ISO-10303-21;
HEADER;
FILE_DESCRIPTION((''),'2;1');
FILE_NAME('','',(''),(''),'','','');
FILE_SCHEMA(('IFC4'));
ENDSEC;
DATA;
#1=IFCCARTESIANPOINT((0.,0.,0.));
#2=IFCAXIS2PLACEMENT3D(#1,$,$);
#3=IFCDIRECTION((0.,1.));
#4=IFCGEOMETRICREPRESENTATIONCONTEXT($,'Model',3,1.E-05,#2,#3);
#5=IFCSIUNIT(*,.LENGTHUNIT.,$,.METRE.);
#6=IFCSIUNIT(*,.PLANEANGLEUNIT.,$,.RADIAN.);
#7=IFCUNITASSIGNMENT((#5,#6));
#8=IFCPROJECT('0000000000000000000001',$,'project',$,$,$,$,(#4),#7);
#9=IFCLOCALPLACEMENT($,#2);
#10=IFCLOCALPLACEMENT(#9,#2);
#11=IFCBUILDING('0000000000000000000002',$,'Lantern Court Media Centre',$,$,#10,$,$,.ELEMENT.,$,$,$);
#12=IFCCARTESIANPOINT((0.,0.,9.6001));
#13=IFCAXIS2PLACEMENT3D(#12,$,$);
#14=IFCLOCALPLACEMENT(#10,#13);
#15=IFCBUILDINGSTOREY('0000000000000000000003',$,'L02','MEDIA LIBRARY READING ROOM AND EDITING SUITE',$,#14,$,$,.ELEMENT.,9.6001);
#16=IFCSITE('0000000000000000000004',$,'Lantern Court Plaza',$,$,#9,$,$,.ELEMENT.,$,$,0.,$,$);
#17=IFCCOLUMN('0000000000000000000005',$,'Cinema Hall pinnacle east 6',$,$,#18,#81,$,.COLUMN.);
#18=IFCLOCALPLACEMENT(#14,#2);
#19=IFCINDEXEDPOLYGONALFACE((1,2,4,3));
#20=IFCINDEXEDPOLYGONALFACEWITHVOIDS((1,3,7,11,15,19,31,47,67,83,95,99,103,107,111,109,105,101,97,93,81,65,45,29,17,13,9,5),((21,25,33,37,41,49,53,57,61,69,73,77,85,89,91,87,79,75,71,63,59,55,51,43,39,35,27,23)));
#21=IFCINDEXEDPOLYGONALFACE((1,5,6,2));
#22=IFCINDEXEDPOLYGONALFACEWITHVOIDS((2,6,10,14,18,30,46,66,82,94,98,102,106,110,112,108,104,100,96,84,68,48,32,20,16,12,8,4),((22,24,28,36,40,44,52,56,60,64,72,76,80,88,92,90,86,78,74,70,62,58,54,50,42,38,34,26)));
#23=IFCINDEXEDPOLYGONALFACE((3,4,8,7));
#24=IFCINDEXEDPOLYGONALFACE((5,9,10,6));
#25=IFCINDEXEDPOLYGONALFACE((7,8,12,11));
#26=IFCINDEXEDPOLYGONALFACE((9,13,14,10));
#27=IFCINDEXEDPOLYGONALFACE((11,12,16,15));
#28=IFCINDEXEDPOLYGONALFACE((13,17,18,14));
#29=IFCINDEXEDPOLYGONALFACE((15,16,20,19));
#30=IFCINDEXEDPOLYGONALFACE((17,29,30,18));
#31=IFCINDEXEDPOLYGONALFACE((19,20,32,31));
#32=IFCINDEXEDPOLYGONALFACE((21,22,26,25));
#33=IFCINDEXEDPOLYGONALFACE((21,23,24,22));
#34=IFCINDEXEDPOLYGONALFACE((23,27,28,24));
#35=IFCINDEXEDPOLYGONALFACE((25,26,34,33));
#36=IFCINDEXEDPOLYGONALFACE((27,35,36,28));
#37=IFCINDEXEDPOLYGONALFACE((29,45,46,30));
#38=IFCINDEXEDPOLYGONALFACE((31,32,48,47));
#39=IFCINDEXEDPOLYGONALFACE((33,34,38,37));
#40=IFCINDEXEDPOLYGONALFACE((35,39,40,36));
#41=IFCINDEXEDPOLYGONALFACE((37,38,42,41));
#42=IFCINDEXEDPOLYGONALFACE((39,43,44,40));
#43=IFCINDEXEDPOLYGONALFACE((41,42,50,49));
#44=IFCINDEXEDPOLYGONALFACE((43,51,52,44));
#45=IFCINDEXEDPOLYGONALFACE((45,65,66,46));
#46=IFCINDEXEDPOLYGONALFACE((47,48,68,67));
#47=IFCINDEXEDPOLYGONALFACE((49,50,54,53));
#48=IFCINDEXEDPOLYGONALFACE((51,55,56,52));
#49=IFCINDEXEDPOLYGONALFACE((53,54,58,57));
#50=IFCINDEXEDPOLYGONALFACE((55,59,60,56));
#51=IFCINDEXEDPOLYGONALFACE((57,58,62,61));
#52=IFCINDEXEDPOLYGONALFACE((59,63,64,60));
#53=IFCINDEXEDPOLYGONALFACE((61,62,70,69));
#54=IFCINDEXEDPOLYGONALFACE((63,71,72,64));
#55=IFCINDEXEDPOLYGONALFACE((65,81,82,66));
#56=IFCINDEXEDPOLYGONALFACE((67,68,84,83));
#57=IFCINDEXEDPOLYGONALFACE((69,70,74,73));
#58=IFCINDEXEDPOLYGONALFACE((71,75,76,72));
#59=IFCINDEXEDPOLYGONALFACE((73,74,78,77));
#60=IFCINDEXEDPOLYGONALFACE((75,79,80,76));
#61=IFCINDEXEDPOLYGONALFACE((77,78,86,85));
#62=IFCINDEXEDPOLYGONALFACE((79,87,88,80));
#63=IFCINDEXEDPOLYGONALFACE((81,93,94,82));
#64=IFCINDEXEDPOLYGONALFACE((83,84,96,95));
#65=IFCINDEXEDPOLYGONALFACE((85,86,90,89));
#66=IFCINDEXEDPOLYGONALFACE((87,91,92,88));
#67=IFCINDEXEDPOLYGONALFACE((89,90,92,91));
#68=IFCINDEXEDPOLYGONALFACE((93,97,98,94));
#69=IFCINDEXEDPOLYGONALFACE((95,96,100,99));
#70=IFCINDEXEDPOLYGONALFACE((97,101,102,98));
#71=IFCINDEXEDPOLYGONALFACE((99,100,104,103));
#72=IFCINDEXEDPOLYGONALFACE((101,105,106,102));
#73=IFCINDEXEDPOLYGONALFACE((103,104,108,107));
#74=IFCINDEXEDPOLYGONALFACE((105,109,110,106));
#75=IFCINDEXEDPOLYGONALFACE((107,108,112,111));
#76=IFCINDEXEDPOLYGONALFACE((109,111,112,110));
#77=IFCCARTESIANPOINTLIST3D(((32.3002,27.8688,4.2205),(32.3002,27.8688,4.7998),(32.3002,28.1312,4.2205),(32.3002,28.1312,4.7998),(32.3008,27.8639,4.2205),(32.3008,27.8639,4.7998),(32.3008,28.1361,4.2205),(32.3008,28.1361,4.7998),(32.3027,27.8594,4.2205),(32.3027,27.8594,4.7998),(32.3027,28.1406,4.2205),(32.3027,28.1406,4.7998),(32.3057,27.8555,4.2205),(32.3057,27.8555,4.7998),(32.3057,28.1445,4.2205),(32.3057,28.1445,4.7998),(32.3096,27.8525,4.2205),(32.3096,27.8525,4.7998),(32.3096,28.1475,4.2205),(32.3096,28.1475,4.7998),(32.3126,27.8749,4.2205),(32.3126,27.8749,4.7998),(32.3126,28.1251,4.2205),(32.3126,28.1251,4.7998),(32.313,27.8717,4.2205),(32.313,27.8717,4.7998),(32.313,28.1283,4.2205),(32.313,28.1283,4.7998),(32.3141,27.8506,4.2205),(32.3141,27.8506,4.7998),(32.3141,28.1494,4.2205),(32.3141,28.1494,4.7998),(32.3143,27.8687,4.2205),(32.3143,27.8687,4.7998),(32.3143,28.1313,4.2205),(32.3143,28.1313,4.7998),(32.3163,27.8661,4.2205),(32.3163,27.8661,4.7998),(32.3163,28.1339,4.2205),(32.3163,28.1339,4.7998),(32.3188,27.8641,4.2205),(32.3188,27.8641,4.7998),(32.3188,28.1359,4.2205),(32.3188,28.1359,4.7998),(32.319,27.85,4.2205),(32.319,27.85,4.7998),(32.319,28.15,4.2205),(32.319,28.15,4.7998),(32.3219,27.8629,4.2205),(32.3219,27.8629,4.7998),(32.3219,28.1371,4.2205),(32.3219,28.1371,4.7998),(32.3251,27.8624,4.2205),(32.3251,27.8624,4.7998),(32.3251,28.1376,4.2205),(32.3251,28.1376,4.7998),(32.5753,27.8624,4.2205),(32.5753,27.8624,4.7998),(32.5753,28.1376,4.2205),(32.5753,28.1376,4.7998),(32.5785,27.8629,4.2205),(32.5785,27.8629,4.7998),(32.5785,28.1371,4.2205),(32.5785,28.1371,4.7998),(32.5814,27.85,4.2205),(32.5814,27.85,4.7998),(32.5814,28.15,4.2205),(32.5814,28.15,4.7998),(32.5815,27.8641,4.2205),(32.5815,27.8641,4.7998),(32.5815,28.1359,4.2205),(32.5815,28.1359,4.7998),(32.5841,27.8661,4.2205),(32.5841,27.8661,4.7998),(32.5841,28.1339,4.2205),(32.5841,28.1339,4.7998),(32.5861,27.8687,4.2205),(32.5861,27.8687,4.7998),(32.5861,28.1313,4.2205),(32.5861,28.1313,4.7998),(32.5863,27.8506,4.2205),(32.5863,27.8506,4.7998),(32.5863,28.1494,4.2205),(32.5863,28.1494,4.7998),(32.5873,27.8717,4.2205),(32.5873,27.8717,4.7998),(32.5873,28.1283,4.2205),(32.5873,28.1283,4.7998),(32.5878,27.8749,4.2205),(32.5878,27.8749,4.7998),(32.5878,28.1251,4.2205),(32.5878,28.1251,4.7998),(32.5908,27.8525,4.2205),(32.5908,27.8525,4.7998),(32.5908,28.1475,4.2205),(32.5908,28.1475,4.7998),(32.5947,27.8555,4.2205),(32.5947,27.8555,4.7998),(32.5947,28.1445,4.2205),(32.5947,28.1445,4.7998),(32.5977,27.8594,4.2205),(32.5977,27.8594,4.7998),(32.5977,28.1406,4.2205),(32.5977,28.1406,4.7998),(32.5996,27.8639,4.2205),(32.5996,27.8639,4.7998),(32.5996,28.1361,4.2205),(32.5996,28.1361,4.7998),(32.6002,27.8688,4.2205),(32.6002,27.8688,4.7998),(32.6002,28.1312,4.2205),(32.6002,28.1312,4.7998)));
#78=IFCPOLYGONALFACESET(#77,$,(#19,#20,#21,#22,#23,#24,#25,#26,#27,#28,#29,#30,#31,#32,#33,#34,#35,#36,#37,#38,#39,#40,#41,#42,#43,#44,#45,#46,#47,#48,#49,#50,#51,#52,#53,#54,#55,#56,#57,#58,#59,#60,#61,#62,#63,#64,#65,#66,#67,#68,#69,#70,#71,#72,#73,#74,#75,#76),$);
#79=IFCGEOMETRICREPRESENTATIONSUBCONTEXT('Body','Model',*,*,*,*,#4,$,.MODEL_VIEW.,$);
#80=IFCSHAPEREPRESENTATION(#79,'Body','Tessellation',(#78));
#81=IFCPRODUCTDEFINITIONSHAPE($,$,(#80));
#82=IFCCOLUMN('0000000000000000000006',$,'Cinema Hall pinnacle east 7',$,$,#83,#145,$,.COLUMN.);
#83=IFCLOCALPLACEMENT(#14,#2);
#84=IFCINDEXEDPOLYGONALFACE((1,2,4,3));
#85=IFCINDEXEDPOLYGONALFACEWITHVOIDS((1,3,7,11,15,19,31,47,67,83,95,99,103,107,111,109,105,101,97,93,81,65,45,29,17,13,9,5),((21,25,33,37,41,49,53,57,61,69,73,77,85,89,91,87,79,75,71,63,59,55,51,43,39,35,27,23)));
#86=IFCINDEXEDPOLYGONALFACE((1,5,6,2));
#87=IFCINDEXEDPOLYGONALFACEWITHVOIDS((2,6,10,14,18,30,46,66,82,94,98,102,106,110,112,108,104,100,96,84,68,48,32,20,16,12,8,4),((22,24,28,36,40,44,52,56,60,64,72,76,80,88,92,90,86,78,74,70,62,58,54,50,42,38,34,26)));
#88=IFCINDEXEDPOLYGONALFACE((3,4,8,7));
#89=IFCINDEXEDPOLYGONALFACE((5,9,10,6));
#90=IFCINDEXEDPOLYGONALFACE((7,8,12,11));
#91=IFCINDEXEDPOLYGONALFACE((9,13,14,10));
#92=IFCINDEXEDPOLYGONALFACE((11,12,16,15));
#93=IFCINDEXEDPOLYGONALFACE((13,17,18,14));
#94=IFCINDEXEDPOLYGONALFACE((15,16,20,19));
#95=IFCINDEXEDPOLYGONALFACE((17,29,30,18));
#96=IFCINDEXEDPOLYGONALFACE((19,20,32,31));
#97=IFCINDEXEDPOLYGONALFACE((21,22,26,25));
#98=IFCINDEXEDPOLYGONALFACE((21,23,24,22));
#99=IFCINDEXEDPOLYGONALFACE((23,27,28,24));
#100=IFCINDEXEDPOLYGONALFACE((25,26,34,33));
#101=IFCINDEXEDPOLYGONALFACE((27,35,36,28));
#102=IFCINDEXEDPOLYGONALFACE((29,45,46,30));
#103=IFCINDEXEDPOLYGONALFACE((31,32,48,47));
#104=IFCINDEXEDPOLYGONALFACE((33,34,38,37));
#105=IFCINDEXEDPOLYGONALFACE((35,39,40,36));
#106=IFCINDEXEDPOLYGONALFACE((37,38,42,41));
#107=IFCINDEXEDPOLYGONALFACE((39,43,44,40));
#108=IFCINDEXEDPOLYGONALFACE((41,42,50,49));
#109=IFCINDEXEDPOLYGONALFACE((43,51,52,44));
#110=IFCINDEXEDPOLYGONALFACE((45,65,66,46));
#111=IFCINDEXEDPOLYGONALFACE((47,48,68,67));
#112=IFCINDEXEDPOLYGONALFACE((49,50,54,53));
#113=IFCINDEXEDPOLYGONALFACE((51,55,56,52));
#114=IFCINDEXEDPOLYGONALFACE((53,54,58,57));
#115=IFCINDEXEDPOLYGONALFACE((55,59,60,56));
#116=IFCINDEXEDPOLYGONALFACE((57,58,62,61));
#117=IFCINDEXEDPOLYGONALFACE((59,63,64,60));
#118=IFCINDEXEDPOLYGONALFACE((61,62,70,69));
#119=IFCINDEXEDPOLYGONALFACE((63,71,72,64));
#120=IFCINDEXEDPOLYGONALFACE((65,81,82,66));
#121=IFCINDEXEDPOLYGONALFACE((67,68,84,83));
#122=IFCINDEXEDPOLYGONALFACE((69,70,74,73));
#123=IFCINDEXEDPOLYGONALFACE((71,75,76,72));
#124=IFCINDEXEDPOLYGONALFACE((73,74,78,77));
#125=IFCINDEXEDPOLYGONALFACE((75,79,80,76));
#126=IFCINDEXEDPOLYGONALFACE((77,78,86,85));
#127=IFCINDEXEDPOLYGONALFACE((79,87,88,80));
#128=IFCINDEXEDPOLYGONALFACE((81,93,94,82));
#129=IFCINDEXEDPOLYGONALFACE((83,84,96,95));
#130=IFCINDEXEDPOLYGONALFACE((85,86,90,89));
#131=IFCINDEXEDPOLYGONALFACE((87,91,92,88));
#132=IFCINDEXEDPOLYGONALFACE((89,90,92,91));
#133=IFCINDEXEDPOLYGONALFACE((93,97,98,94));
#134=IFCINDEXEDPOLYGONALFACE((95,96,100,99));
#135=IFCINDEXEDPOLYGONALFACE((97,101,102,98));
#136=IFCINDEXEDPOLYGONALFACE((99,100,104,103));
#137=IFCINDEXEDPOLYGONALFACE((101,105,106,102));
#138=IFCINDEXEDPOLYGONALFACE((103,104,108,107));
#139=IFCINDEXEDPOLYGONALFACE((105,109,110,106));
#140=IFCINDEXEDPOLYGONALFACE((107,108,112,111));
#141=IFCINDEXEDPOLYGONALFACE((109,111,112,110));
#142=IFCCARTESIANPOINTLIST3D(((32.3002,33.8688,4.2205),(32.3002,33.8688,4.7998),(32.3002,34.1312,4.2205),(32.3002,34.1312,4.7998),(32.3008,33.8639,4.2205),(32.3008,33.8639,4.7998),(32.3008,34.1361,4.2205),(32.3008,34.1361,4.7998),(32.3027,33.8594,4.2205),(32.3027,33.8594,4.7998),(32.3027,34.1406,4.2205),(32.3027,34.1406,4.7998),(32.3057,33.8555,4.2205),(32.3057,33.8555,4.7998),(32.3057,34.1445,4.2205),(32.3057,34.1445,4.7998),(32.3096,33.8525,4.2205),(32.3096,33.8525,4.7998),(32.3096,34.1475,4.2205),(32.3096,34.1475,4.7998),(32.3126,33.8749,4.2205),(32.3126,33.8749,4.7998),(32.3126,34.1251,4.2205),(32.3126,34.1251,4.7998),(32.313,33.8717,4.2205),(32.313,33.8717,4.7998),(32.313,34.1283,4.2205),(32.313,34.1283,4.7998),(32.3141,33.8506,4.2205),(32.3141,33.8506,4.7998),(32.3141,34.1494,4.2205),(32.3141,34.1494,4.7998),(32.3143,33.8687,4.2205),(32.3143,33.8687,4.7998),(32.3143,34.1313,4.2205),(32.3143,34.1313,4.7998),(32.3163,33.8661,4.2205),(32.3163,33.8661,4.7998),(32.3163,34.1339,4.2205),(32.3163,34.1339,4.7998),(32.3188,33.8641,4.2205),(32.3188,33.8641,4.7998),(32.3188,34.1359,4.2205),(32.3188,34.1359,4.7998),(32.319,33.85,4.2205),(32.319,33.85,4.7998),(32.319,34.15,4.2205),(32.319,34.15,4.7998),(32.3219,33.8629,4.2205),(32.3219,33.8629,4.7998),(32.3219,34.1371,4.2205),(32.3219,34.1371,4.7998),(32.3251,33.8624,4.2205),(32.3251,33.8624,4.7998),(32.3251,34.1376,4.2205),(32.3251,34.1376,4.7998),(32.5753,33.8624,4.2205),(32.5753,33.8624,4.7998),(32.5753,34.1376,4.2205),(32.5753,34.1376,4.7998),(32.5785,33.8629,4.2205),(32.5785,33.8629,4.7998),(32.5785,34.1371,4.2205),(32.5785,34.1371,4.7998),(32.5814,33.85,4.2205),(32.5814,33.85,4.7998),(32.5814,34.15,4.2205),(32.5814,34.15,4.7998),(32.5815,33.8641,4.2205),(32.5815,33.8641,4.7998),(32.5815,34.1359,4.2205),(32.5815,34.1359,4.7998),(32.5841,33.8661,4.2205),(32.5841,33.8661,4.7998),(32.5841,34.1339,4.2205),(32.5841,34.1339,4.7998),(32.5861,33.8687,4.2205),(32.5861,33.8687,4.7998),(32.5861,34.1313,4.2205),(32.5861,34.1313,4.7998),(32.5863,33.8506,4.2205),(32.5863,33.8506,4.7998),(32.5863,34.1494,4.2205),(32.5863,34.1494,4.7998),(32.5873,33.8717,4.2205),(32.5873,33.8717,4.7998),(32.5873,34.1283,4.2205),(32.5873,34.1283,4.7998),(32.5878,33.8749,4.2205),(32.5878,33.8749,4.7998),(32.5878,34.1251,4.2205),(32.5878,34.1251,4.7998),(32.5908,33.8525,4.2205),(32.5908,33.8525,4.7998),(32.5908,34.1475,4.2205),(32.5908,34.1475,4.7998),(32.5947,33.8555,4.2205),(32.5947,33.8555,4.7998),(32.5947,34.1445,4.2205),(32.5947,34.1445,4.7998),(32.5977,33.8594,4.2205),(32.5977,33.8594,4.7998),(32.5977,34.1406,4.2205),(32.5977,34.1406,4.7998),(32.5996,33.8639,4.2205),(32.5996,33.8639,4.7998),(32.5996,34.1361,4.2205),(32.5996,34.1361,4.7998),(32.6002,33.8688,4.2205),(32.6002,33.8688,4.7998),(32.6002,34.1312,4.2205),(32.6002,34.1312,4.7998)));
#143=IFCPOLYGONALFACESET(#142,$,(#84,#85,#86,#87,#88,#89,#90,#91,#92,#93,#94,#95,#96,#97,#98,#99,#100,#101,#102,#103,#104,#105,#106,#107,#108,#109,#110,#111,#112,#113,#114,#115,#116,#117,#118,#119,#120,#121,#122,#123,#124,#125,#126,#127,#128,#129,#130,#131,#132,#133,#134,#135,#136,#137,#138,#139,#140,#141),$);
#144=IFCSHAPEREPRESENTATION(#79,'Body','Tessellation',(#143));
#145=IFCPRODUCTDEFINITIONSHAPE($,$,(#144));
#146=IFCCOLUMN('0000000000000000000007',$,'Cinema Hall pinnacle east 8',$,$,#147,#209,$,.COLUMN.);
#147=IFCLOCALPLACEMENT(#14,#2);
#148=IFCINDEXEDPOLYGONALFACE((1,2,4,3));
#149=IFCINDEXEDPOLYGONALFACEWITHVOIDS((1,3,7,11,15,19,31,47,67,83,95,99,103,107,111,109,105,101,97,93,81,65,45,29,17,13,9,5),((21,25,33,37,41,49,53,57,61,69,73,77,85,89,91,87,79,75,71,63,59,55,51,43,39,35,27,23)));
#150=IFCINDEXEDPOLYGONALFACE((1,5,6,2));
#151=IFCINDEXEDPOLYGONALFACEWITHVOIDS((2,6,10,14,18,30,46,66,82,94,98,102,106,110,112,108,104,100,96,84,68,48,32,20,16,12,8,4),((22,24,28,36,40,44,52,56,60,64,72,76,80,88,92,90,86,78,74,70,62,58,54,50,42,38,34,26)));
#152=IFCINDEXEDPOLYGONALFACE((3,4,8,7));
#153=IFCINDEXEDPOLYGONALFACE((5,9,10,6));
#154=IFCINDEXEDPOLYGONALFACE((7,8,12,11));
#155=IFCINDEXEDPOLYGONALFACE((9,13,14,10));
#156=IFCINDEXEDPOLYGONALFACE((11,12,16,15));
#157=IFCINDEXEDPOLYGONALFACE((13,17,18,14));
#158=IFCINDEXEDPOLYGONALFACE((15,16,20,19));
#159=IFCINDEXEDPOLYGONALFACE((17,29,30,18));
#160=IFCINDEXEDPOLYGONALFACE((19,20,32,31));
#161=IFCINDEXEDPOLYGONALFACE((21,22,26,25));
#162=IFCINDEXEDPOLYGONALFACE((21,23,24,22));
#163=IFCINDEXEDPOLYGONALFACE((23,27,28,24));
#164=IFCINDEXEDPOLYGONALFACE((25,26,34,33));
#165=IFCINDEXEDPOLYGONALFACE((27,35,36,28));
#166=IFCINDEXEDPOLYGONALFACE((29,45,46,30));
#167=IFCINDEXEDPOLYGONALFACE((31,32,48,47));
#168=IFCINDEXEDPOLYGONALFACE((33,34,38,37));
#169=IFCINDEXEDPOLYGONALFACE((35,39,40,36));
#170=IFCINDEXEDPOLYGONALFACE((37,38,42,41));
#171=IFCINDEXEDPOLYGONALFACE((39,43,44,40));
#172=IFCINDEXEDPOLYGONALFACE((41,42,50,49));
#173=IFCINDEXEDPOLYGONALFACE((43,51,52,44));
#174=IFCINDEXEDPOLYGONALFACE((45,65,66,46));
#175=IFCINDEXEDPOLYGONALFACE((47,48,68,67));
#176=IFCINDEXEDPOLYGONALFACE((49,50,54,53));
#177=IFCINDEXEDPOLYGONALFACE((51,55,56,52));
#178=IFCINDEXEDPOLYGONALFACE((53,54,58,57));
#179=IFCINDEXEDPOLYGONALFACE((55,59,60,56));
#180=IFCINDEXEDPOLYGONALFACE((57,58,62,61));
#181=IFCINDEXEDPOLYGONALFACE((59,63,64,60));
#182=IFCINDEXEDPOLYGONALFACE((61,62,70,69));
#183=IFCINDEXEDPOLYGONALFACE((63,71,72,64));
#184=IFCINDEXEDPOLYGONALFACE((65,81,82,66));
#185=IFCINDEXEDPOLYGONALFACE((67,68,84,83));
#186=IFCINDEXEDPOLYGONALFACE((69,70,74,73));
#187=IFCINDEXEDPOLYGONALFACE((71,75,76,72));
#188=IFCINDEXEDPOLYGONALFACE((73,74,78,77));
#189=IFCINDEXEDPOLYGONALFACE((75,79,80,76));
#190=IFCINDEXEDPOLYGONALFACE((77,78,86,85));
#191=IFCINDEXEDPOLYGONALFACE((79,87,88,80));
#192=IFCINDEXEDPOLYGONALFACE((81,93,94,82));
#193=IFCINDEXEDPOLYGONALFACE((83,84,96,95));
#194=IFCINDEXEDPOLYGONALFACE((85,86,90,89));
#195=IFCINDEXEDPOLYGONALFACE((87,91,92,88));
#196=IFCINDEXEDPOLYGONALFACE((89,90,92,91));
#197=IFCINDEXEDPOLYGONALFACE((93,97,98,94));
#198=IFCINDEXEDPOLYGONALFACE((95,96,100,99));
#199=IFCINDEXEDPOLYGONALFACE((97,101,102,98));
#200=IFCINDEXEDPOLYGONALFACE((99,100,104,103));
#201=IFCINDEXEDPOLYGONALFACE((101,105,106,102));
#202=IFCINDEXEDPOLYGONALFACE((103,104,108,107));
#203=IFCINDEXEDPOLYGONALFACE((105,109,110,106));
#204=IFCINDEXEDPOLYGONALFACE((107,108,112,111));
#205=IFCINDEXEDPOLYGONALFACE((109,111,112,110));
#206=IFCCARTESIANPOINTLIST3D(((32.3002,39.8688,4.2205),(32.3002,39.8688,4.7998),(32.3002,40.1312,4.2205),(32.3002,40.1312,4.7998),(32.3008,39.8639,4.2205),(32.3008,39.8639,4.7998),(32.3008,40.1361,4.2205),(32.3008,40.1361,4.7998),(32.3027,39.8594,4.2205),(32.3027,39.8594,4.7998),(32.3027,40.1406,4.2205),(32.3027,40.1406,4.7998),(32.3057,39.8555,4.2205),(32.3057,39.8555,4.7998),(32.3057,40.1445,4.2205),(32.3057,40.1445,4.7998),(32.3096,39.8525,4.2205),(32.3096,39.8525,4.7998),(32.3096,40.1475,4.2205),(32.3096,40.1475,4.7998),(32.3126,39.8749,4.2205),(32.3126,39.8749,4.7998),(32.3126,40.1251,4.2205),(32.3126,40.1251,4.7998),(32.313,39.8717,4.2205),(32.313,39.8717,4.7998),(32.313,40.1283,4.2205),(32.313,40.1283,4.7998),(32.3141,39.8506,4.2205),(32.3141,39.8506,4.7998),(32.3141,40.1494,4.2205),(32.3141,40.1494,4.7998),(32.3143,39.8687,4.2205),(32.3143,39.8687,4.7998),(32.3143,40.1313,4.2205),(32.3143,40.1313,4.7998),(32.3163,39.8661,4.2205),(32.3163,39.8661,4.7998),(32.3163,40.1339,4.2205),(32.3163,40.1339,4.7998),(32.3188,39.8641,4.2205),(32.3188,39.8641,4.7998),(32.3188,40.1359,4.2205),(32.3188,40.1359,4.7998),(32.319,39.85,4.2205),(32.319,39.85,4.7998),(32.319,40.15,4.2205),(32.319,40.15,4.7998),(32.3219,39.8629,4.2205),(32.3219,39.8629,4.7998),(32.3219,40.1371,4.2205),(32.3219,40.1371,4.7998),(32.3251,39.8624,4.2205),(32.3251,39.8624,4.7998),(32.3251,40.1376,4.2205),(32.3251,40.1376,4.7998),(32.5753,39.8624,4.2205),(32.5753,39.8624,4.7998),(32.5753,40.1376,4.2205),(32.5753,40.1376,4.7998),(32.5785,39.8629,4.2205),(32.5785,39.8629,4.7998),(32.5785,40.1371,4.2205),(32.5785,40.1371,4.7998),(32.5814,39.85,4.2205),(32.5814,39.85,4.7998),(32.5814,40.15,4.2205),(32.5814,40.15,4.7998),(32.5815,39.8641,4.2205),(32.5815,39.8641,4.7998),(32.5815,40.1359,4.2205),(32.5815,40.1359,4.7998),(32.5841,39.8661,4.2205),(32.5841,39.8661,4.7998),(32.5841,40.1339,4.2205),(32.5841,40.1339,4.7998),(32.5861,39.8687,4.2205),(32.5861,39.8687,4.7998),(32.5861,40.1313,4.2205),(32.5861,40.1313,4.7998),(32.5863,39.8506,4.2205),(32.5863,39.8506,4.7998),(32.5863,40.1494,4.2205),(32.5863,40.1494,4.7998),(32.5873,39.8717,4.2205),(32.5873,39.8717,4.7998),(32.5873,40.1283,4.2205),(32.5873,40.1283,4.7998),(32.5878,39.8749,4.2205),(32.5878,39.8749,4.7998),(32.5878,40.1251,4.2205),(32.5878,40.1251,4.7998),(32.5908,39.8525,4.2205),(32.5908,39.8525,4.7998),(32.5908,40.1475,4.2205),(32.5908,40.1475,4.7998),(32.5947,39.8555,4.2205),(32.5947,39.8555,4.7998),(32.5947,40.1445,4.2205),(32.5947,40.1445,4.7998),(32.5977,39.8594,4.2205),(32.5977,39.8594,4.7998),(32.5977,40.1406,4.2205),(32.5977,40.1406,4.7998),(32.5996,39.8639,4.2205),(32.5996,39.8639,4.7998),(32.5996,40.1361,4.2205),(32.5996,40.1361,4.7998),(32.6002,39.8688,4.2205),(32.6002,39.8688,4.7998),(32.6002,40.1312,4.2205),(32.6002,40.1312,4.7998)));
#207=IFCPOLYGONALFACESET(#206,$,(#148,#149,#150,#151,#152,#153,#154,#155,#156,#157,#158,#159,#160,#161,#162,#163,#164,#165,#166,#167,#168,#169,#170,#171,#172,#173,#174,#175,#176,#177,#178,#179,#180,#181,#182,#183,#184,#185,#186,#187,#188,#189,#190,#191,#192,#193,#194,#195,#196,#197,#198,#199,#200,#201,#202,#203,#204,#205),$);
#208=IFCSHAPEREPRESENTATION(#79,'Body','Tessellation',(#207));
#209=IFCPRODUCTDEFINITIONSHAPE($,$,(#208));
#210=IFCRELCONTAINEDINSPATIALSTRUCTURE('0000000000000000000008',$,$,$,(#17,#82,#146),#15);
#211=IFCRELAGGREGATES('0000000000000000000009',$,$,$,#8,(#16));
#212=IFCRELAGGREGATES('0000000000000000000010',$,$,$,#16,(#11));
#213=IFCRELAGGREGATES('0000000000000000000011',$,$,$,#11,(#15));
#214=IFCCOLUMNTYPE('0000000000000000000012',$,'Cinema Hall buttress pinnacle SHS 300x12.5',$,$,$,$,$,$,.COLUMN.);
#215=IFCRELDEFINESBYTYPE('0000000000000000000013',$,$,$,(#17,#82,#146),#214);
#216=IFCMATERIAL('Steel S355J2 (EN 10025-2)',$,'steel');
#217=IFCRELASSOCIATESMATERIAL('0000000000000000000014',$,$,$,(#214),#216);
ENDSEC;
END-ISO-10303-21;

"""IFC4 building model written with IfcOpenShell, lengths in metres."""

from ifc_helpers import new_model, si_unit, direction, frame, origin, origin_2d, place, context, subcontext, project, spatial, hollow_rectangle, extrude, material, material_profile, profile_set, type_object, element, save


model = new_model("IFC4")

# Units and contexts
model_context = context("Model", 3, precision=1e-05, world=origin(), true_north=direction((0.0, 1.0)))
body_context = subcontext(model_context, "Body", "Model", "MODEL_VIEW")
ifc_project = project(units=[si_unit("LENGTHUNIT", "METRE"), si_unit("PLANEANGLEUNIT", "RADIAN")], contexts=[model_context])

# Site, building, storey
site_placement = place(None, origin())
site = spatial("IfcSite", under=ifc_project, at=site_placement, Name="Lantern Court Plaza", CompositionType="ELEMENT", RefElevation=0.0)
building_placement = place(site_placement, origin())
building = spatial("IfcBuilding", under=site, at=building_placement, Name="Lantern Court Media Centre", CompositionType="ELEMENT")
storey_placement = place(building_placement, frame((0.0, 0.0, 9.6001)))
storey = spatial("IfcBuildingStorey", under=building, at=storey_placement, Name="L02", Description="MEDIA LIBRARY READING ROOM AND EDITING SUITE", CompositionType="ELEMENT", Elevation=9.6001)

# Columns
ifc_material_1 = material(Name="Steel S355J2 (EN 10025-2)", Category="steel")
ifc_material_profile_1 = material_profile(ifc_material_1, hollow_rectangle(XDim=0.3, YDim=0.3, WallThickness=0.0125, InnerFilletRadius=0.0125, OuterFilletRadius=0.0188, at=origin_2d()), Name="Cinema Hall buttress pinnacle SHS 300x12.5")
ifc_profile_set_1 = profile_set([ifc_material_profile_1], Name="Steel S355J2 (EN 10025-2)")
column_type_1 = type_object("IfcColumnType", Name="Cinema Hall buttress pinnacle SHS 300x12.5", PredefinedType="COLUMN", material=ifc_profile_set_1)
for number, where, z_axis, x_axis, name in (
    (1, (32.4502, 28.0, 4.2205), (0.0, 0.0, 1.0), (1.0, 0.0, 0.0), "Cinema Hall pinnacle east 6"),
    (2, (32.4502, 34.0, 4.2205), (0.0, 0.0, 1.0), (1.0, 0.0, 0.0), "Cinema Hall pinnacle east 7"),
    (3, (32.4502, 40.0, 4.2205), (0.0, 0.0, 1.0), (1.0, 0.0, 0.0), "Cinema Hall pinnacle east 8"),
):
    element("IfcColumn", number, at=place(storey_placement, frame(where, z_axis=z_axis, x_axis=x_axis)), inside=storey, type_object=column_type_1, Name=name, PredefinedType="COLUMN", context=body_context, shape_type="SweptSolid", body=[
        extrude(hollow_rectangle(XDim=0.3, YDim=0.3, WallThickness=0.0125, InnerFilletRadius=0.0125, OuterFilletRadius=0.0188, at=origin_2d()), origin(), (0.0, 0.0, 1.0), 0.5793),
    ])

save(model, "model.ifc")
